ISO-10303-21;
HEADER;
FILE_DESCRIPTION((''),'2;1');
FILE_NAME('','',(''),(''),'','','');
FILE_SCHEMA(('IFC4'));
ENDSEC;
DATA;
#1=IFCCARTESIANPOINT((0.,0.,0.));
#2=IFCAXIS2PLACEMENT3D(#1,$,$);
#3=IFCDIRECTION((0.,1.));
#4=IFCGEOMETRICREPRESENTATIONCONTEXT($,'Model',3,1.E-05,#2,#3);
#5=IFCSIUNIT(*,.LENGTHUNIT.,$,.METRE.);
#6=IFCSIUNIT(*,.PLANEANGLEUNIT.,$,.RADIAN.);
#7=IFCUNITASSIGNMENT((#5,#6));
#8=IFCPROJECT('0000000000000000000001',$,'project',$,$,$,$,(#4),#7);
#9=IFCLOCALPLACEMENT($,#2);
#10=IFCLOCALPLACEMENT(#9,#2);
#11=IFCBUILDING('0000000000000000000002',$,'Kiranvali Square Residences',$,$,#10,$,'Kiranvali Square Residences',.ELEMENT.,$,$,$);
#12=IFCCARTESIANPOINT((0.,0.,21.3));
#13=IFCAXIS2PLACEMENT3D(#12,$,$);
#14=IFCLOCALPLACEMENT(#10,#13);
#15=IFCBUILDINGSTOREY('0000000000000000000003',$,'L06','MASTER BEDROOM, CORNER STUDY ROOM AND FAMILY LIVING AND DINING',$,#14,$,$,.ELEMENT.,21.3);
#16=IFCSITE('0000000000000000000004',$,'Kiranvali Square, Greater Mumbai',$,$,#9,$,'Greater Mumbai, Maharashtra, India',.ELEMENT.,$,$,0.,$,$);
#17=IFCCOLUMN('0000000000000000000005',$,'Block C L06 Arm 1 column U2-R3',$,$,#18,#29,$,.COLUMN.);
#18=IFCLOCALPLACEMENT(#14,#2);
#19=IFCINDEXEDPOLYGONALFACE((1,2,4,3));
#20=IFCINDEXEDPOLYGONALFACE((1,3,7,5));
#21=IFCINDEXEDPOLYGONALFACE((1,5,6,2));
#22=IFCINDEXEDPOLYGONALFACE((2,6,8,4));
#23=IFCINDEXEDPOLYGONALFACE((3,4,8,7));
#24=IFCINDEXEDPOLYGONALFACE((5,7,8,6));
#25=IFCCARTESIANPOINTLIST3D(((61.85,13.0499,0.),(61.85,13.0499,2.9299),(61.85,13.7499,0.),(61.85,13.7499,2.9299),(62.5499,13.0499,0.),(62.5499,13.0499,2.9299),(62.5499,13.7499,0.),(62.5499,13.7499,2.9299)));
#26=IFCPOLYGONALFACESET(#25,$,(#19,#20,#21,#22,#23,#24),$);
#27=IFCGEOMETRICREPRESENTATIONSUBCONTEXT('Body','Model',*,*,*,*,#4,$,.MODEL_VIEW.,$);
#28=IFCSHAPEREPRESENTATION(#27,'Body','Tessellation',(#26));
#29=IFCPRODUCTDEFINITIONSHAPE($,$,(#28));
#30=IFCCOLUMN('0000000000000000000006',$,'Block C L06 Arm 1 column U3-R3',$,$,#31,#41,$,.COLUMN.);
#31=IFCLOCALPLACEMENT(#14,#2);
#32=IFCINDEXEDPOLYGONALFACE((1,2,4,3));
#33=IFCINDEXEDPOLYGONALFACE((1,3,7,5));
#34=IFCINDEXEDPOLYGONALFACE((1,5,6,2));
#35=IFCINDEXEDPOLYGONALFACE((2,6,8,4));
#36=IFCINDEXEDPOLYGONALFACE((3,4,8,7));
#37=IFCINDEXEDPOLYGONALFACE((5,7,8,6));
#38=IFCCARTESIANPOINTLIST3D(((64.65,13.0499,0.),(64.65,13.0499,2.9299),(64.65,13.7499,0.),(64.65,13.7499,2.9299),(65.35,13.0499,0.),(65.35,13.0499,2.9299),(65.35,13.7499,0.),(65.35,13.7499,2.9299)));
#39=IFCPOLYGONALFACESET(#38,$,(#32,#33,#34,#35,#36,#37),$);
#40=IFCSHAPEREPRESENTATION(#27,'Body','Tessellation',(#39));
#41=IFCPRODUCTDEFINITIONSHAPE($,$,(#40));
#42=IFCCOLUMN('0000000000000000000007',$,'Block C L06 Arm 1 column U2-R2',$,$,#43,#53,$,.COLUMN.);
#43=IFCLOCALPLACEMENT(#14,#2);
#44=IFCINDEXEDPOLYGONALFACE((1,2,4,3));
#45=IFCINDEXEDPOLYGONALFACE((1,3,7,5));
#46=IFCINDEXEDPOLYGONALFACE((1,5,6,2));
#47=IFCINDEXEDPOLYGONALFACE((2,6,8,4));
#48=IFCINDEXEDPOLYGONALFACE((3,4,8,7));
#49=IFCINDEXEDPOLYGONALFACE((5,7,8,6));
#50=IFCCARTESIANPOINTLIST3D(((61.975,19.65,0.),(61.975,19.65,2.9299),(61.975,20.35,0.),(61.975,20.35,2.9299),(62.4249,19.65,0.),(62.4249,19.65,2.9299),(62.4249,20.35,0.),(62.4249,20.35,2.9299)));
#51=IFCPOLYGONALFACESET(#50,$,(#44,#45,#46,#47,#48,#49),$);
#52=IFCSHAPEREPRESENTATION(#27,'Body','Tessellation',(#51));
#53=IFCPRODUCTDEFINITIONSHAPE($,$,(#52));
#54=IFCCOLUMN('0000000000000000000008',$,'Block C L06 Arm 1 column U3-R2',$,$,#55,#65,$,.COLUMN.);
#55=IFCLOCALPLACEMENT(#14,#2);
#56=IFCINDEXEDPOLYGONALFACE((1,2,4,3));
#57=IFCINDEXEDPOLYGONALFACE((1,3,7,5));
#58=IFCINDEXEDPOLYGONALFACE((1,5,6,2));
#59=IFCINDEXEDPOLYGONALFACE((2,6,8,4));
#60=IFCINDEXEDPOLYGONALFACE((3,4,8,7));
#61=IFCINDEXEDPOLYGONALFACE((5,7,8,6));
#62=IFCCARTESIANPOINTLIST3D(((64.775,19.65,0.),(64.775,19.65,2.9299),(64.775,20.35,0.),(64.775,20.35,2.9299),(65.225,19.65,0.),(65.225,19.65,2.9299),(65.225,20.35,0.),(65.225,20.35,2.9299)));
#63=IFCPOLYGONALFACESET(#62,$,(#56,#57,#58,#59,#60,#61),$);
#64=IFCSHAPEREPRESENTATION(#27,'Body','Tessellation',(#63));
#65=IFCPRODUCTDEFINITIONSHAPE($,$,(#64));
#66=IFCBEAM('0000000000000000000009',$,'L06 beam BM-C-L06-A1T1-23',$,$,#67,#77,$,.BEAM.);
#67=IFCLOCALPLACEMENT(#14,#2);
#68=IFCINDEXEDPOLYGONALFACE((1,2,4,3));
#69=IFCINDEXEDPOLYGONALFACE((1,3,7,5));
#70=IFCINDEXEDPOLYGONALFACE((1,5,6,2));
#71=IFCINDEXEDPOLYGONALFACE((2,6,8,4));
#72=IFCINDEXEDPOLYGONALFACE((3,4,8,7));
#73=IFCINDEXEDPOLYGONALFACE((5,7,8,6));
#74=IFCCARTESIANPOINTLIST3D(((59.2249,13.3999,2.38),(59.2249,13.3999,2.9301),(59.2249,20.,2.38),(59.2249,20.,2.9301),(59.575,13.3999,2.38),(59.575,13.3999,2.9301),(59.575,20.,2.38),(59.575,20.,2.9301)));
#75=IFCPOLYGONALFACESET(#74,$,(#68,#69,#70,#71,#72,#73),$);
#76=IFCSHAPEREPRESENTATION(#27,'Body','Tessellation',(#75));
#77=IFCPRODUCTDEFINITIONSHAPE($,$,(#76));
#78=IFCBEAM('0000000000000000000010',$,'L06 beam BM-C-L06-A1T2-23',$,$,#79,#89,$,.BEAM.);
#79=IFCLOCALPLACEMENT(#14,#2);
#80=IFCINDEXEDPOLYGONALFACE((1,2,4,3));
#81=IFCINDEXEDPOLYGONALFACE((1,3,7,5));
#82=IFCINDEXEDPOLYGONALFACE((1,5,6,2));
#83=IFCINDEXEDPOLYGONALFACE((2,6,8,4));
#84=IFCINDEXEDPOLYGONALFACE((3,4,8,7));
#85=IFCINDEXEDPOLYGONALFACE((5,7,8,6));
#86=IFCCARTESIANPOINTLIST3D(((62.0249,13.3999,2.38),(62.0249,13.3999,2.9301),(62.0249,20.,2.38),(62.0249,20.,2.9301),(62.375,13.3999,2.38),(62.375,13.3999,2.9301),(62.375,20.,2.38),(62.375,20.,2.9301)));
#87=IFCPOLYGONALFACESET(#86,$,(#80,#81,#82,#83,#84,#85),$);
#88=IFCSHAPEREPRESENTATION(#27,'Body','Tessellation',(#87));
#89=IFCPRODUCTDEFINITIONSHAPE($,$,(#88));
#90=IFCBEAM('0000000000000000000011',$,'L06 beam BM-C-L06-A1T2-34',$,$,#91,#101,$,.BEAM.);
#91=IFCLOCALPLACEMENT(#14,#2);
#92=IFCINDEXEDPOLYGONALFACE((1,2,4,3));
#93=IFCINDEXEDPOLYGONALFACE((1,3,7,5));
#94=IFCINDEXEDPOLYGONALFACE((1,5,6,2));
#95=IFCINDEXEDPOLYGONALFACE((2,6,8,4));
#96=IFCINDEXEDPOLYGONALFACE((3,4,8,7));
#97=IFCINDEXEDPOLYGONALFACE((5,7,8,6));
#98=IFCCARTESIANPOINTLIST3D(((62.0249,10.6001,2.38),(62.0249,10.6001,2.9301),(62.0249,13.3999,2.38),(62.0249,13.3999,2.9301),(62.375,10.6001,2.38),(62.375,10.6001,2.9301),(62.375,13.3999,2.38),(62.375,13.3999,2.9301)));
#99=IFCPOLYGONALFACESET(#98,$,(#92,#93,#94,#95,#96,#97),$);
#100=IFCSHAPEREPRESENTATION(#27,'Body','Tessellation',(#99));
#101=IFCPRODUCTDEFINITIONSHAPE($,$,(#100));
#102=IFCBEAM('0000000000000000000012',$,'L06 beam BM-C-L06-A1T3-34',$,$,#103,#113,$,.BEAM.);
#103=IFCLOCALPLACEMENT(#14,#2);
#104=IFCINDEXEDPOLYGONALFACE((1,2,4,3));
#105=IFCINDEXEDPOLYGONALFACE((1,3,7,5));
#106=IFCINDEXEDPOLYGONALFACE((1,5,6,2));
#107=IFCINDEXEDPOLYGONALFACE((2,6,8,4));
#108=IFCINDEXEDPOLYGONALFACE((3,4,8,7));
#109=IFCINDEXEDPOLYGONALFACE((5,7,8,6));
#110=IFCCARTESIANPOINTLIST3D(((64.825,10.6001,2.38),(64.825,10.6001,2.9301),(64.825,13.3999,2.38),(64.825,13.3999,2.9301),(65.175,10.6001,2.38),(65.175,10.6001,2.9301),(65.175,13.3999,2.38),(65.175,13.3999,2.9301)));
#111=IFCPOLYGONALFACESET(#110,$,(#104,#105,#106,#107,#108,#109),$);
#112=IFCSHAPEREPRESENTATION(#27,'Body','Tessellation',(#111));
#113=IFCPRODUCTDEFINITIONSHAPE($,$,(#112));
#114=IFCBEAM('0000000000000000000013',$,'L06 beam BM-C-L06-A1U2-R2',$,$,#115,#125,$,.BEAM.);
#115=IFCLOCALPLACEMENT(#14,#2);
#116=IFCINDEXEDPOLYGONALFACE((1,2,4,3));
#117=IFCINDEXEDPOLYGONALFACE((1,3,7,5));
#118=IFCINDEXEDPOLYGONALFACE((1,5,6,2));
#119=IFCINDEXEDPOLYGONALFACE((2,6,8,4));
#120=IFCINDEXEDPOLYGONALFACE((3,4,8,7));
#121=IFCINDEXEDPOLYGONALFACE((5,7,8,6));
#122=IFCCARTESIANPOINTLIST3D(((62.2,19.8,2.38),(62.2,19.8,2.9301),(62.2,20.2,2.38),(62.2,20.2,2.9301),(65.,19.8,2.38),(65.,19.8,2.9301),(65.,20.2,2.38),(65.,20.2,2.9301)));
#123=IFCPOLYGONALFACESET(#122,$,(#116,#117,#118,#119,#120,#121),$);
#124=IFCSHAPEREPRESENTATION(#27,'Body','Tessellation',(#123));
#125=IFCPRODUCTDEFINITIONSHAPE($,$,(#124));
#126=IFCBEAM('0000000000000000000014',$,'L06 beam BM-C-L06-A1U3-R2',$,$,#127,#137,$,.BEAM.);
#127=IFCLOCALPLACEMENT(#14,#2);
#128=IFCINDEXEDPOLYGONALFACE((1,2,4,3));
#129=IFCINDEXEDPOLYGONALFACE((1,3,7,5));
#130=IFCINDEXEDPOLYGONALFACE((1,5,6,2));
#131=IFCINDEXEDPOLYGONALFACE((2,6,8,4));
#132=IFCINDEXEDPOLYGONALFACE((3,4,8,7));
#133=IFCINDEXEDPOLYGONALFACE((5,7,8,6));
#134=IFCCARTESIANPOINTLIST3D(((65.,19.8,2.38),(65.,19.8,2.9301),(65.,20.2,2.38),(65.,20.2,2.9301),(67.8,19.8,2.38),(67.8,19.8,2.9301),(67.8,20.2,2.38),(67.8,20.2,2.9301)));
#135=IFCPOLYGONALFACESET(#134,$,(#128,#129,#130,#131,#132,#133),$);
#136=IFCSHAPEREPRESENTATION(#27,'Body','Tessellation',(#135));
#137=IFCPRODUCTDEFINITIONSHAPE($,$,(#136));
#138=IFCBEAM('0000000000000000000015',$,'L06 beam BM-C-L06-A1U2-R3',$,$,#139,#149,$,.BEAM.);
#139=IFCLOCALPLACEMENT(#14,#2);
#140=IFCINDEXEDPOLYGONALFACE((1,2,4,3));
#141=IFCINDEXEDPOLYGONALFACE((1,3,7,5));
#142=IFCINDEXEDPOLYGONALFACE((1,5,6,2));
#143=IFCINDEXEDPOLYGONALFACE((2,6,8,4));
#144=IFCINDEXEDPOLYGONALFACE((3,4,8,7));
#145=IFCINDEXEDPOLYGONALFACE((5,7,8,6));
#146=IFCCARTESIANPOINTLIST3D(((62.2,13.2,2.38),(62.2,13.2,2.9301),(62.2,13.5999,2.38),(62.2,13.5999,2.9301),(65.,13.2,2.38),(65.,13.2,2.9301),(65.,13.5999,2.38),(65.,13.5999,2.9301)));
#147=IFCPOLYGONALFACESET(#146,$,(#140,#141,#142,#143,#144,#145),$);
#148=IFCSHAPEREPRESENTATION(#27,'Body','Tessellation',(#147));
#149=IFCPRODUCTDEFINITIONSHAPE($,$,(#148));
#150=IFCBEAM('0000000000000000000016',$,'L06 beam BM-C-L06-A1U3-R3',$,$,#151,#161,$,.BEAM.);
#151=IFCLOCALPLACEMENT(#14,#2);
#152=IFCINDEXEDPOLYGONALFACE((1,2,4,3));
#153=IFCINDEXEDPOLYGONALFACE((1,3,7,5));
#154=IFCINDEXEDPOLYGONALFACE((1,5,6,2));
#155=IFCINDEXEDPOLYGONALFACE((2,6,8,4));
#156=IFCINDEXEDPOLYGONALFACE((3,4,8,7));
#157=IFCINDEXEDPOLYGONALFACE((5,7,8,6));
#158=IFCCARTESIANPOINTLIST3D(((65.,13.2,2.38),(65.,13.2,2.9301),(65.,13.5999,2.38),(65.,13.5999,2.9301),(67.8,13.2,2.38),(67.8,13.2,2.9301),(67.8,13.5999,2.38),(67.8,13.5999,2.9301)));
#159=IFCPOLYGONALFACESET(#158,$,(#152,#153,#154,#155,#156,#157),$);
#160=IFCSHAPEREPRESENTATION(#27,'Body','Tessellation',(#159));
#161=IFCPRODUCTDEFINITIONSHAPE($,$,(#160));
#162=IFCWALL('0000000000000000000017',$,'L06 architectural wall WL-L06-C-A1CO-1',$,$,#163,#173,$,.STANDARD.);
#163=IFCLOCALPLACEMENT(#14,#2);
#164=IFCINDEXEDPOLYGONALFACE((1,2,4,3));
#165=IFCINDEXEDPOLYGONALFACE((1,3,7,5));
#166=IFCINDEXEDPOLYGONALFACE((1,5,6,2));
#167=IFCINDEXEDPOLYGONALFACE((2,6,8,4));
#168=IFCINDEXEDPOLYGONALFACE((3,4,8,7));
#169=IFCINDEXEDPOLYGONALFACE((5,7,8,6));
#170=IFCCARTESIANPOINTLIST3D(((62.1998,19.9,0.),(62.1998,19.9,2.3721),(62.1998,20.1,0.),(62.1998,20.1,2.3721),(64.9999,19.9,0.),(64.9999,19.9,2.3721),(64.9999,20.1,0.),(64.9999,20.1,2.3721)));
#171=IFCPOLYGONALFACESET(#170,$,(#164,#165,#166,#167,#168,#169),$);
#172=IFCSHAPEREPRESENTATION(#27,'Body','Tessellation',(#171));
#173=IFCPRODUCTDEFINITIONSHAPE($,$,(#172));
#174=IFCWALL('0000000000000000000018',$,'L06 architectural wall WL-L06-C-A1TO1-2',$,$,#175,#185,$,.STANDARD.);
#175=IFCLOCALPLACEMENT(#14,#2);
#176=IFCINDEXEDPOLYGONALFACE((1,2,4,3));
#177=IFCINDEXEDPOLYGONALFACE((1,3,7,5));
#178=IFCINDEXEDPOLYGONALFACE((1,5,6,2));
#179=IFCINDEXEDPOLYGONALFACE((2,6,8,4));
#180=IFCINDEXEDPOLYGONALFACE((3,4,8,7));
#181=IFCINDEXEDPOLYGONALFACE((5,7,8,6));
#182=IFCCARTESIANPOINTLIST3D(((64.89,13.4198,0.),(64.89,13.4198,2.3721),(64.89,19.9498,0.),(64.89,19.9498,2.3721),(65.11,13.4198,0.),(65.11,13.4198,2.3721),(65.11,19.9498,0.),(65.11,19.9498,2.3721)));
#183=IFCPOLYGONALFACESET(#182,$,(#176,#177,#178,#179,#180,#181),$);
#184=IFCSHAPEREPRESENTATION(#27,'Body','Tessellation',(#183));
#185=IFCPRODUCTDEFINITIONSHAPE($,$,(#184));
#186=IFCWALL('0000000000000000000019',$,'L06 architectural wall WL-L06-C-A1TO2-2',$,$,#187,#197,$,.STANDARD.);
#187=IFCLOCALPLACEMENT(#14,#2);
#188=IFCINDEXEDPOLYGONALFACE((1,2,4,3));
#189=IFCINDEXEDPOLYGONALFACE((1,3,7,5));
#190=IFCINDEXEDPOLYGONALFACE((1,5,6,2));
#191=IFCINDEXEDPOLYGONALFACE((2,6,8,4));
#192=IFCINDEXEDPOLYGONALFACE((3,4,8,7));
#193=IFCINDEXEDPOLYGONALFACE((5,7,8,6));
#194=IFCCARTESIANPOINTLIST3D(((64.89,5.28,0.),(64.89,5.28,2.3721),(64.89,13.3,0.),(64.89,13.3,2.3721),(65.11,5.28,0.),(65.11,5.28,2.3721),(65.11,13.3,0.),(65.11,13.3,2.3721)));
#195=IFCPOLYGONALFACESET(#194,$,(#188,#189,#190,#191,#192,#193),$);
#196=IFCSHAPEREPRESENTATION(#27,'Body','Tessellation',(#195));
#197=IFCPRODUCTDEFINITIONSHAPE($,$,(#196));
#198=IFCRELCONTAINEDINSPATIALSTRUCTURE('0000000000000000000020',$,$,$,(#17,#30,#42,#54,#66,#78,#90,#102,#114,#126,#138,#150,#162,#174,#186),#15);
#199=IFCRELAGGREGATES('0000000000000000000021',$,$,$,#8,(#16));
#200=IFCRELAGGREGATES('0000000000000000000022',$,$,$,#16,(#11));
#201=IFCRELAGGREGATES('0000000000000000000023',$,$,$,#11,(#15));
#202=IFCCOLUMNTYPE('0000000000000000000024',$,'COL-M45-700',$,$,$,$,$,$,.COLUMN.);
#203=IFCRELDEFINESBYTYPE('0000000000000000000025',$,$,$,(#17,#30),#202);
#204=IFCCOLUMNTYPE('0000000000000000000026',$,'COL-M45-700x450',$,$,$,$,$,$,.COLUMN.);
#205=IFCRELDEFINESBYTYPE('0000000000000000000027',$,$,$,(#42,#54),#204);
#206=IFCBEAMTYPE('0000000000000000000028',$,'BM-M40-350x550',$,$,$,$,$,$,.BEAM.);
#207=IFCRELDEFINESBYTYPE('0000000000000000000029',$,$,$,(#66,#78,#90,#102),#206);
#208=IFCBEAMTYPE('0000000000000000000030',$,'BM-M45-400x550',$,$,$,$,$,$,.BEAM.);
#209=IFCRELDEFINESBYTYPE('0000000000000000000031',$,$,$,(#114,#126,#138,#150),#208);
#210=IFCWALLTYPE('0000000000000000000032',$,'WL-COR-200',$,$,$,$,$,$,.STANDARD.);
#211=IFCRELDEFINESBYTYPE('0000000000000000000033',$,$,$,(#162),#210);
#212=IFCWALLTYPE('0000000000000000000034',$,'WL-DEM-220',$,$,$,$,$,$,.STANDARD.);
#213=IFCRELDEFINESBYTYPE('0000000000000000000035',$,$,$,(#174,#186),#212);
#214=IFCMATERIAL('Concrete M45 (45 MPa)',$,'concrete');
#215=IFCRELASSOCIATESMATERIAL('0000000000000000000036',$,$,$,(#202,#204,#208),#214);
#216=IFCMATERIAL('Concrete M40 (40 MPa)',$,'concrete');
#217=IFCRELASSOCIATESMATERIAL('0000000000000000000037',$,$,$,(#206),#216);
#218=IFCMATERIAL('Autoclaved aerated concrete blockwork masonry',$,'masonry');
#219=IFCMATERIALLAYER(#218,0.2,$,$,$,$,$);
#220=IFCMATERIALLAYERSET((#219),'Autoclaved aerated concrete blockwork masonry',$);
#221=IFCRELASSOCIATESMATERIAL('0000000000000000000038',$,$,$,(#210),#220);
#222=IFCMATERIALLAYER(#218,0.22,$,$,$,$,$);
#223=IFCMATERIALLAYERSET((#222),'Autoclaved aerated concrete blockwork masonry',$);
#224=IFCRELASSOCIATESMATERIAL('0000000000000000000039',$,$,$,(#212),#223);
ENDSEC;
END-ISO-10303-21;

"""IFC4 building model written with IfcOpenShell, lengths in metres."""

from ifc_helpers import new_model, si_unit, direction, frame, frame_2d, origin, origin_2d, place, context, subcontext, project, spatial, rectangle, extrude, material, layer, layer_set, material_profile, profile_set, type_object, element, save


model = new_model("IFC4")

# Units and contexts
model_context = context("Model", 3, precision=1e-05, world=origin(), true_north=direction((0.0, 1.0)))
body_context = subcontext(model_context, "Body", "Model", "MODEL_VIEW")
ifc_project = project(units=[si_unit("LENGTHUNIT", "METRE"), si_unit("PLANEANGLEUNIT", "RADIAN")], contexts=[model_context])

# Site, building, storey
site_placement = place(None, origin())
site = spatial("IfcSite", under=ifc_project, at=site_placement, Name="Kiranvali Square, Greater Mumbai", LongName="Greater Mumbai, Maharashtra, India", CompositionType="ELEMENT", RefElevation=0.0)
building_placement = place(site_placement, origin())
building = spatial("IfcBuilding", under=site, at=building_placement, Name="Kiranvali Square Residences", LongName="Kiranvali Square Residences", CompositionType="ELEMENT")
storey_placement = place(building_placement, frame((0.0, 0.0, 21.3)))
storey = spatial("IfcBuildingStorey", under=building, at=storey_placement, Name="L06", Description="MASTER BEDROOM, CORNER STUDY ROOM AND FAMILY LIVING AND DINING", CompositionType="ELEMENT", Elevation=21.3)

# Columns
ifc_material_1 = material(Name="Concrete M45 (45 MPa)", Category="concrete")
ifc_material_profile_1 = material_profile(ifc_material_1, rectangle(XDim=0.7, YDim=0.7, at=origin_2d()), Name="RC 700x700")
ifc_profile_set_1 = profile_set([ifc_material_profile_1], Name="Concrete M45 (45 MPa)")
column_type_1 = type_object("IfcColumnType", Name="COL-M45-700", PredefinedType="COLUMN", material=ifc_profile_set_1)
for number, where, z_axis, x_axis, name in (
    (1, (62.2, 13.3999, 0.0), (0.0, 0.0, 1.0), (1.0, 0.0, 0.0), "Block C L06 Arm 1 column U2-R3"),
    (2, (65.0, 13.3999, 0.0), (0.0, 0.0, 1.0), (1.0, 0.0, 0.0), "Block C L06 Arm 1 column U3-R3"),
):
    element("IfcColumn", number, at=place(storey_placement, frame(where, z_axis=z_axis, x_axis=x_axis)), inside=storey, type_object=column_type_1, Name=name, PredefinedType="COLUMN", context=body_context, shape_type="SweptSolid", body=[
        extrude(rectangle(XDim=0.7, YDim=0.7, at=origin_2d()), origin(), (0.0, 0.0, 1.0), 2.9299),
    ])
ifc_material_profile_2 = material_profile(ifc_material_1, rectangle(XDim=0.45, YDim=0.7, at=origin_2d()), Name="RC 700x450")
ifc_profile_set_2 = profile_set([ifc_material_profile_2], Name="Concrete M45 (45 MPa)")
column_type_2 = type_object("IfcColumnType", Name="COL-M45-700x450", PredefinedType="COLUMN", material=ifc_profile_set_2)
for number, where, z_axis, x_axis, name in (
    (3, (62.2, 20.0, 0.0), (0.0, 0.0, 1.0), (1.0, 0.0, 0.0), "Block C L06 Arm 1 column U2-R2"),
    (4, (65.0, 20.0, 0.0), (0.0, 0.0, 1.0), (1.0, 0.0, 0.0), "Block C L06 Arm 1 column U3-R2"),
):
    element("IfcColumn", number, at=place(storey_placement, frame(where, z_axis=z_axis, x_axis=x_axis)), inside=storey, type_object=column_type_2, Name=name, PredefinedType="COLUMN", context=body_context, shape_type="SweptSolid", body=[
        extrude(rectangle(XDim=0.45, YDim=0.7, at=origin_2d()), origin(), (0.0, 0.0, 1.0), 2.9299),
    ])

# Beams
ifc_material_2 = material(Name="Concrete M40 (40 MPa)", Category="concrete")
ifc_material_profile_3 = material_profile(ifc_material_2, rectangle(XDim=0.3501, YDim=0.55, at=origin_2d()), Name="RC 350x550")
ifc_profile_set_3 = profile_set([ifc_material_profile_3], Name="Concrete M40 (40 MPa)")
beam_type_1 = type_object("IfcBeamType", Name="BM-M40-350x550", PredefinedType="BEAM", material=ifc_profile_set_3)
for number, where, z_axis, x_axis, name in (
    (5, (59.3999, 20.0, 2.655), (0.0, -1.0, 0.0), (1.0, 0.0, 0.0), "L06 beam BM-C-L06-A1T1-23"),
    (6, (62.2, 20.0, 2.655), (0.0, -1.0, 0.0), (1.0, 0.0, 0.0), "L06 beam BM-C-L06-A1T2-23"),
):
    element("IfcBeam", number, at=place(storey_placement, frame(where, z_axis=z_axis, x_axis=x_axis)), inside=storey, type_object=beam_type_1, Name=name, PredefinedType="BEAM", context=body_context, shape_type="SweptSolid", body=[
        extrude(rectangle(XDim=0.3501, YDim=0.55, at=origin_2d()), origin(), (0.0, 0.0, 1.0), 6.6001),
    ])
for number, where, z_axis, x_axis, name in (
    (7, (62.2, 13.3999, 2.655), (0.0, -1.0, 0.0), (1.0, 0.0, 0.0), "L06 beam BM-C-L06-A1T2-34"),
    (8, (65.0, 13.3999, 2.655), (0.0, -1.0, 0.0), (1.0, 0.0, 0.0), "L06 beam BM-C-L06-A1T3-34"),
):
    element("IfcBeam", number, at=place(storey_placement, frame(where, z_axis=z_axis, x_axis=x_axis)), inside=storey, type_object=beam_type_1, Name=name, PredefinedType="BEAM", context=body_context, shape_type="SweptSolid", body=[
        extrude(rectangle(XDim=0.3501, YDim=0.55, at=origin_2d()), origin(), (0.0, 0.0, 1.0), 2.7998),
    ])
ifc_material_profile_4 = material_profile(ifc_material_1, rectangle(XDim=0.3999, YDim=0.55, at=origin_2d()), Name="RC 400x550")
ifc_profile_set_4 = profile_set([ifc_material_profile_4], Name="Concrete M45 (45 MPa)")
beam_type_2 = type_object("IfcBeamType", Name="BM-M45-400x550", PredefinedType="BEAM", material=ifc_profile_set_4)
for number, where, z_axis, x_axis, name in (
    (9, (62.2, 20.0, 2.655), (1.0, 0.0, 0.0), (0.0, 1.0, 0.0), "L06 beam BM-C-L06-A1U2-R2"),
    (10, (65.0, 20.0, 2.655), (1.0, 0.0, 0.0), (0.0, 1.0, 0.0), "L06 beam BM-C-L06-A1U3-R2"),
    (11, (62.2, 13.3999, 2.655), (1.0, 0.0, 0.0), (0.0, 1.0, 0.0), "L06 beam BM-C-L06-A1U2-R3"),
    (12, (65.0, 13.3999, 2.655), (1.0, 0.0, 0.0), (0.0, 1.0, 0.0), "L06 beam BM-C-L06-A1U3-R3"),
):
    element("IfcBeam", number, at=place(storey_placement, frame(where, z_axis=z_axis, x_axis=x_axis)), inside=storey, type_object=beam_type_2, Name=name, PredefinedType="BEAM", context=body_context, shape_type="SweptSolid", body=[
        extrude(rectangle(XDim=0.3999, YDim=0.55, at=origin_2d()), origin(), (0.0, 0.0, 1.0), 2.8),
    ])

# Shared definitions
ifc_material_3 = material(Name="Autoclaved aerated concrete blockwork masonry", Category="masonry")
ifc_layer_1 = layer(ifc_material_3, 0.2)
ifc_layer_set_1 = layer_set([ifc_layer_1], Name="Autoclaved aerated concrete blockwork masonry")
wall_type_1 = type_object("IfcWallType", Name="WL-COR-200", PredefinedType="STANDARD", material=ifc_layer_set_1)

# Walls
wall_1_placement = place(storey_placement, frame((62.2, 20.0, 0.0), z_axis=(0.0, 0.0, 1.0), x_axis=(1.0, 0.0, 0.0)))
element("IfcWall", 13, at=wall_1_placement, inside=storey, type_object=wall_type_1, Name="L06 architectural wall WL-L06-C-A1CO-1", PredefinedType="STANDARD", context=body_context, shape_type="SweptSolid", body=[
    extrude(rectangle(XDim=2.8, YDim=0.2, at=frame_2d((1.3999, 0.0))), origin(), (0.0, 0.0, 1.0), 2.3721),
])
ifc_layer_2 = layer(ifc_material_3, 0.22)
ifc_layer_set_2 = layer_set([ifc_layer_2], Name="Autoclaved aerated concrete blockwork masonry")
wall_type_2 = type_object("IfcWallType", Name="WL-DEM-220", PredefinedType="STANDARD", material=ifc_layer_set_2)
wall_2_placement = place(storey_placement, frame((65.0, 19.95, 0.0), z_axis=(0.0, 0.0, 1.0), x_axis=(0.0, -1.0, 0.0)))
element("IfcWall", 14, at=wall_2_placement, inside=storey, type_object=wall_type_2, Name="L06 architectural wall WL-L06-C-A1TO1-2", PredefinedType="STANDARD", context=body_context, shape_type="SweptSolid", body=[
    extrude(rectangle(XDim=6.53, YDim=0.22, at=frame_2d((3.2651, 0.0))), origin(), (0.0, 0.0, 1.0), 2.3721),
])
wall_3_placement = place(storey_placement, frame((65.0, 13.3, 0.0), z_axis=(0.0, 0.0, 1.0), x_axis=(0.0, -1.0, 0.0)))
element("IfcWall", 15, at=wall_3_placement, inside=storey, type_object=wall_type_2, Name="L06 architectural wall WL-L06-C-A1TO2-2", PredefinedType="STANDARD", context=body_context, shape_type="SweptSolid", body=[
    extrude(rectangle(XDim=8.02, YDim=0.22, at=frame_2d((4.01, 0.0))), origin(), (0.0, 0.0, 1.0), 2.3721),
])

save(model, "model.ifc")
